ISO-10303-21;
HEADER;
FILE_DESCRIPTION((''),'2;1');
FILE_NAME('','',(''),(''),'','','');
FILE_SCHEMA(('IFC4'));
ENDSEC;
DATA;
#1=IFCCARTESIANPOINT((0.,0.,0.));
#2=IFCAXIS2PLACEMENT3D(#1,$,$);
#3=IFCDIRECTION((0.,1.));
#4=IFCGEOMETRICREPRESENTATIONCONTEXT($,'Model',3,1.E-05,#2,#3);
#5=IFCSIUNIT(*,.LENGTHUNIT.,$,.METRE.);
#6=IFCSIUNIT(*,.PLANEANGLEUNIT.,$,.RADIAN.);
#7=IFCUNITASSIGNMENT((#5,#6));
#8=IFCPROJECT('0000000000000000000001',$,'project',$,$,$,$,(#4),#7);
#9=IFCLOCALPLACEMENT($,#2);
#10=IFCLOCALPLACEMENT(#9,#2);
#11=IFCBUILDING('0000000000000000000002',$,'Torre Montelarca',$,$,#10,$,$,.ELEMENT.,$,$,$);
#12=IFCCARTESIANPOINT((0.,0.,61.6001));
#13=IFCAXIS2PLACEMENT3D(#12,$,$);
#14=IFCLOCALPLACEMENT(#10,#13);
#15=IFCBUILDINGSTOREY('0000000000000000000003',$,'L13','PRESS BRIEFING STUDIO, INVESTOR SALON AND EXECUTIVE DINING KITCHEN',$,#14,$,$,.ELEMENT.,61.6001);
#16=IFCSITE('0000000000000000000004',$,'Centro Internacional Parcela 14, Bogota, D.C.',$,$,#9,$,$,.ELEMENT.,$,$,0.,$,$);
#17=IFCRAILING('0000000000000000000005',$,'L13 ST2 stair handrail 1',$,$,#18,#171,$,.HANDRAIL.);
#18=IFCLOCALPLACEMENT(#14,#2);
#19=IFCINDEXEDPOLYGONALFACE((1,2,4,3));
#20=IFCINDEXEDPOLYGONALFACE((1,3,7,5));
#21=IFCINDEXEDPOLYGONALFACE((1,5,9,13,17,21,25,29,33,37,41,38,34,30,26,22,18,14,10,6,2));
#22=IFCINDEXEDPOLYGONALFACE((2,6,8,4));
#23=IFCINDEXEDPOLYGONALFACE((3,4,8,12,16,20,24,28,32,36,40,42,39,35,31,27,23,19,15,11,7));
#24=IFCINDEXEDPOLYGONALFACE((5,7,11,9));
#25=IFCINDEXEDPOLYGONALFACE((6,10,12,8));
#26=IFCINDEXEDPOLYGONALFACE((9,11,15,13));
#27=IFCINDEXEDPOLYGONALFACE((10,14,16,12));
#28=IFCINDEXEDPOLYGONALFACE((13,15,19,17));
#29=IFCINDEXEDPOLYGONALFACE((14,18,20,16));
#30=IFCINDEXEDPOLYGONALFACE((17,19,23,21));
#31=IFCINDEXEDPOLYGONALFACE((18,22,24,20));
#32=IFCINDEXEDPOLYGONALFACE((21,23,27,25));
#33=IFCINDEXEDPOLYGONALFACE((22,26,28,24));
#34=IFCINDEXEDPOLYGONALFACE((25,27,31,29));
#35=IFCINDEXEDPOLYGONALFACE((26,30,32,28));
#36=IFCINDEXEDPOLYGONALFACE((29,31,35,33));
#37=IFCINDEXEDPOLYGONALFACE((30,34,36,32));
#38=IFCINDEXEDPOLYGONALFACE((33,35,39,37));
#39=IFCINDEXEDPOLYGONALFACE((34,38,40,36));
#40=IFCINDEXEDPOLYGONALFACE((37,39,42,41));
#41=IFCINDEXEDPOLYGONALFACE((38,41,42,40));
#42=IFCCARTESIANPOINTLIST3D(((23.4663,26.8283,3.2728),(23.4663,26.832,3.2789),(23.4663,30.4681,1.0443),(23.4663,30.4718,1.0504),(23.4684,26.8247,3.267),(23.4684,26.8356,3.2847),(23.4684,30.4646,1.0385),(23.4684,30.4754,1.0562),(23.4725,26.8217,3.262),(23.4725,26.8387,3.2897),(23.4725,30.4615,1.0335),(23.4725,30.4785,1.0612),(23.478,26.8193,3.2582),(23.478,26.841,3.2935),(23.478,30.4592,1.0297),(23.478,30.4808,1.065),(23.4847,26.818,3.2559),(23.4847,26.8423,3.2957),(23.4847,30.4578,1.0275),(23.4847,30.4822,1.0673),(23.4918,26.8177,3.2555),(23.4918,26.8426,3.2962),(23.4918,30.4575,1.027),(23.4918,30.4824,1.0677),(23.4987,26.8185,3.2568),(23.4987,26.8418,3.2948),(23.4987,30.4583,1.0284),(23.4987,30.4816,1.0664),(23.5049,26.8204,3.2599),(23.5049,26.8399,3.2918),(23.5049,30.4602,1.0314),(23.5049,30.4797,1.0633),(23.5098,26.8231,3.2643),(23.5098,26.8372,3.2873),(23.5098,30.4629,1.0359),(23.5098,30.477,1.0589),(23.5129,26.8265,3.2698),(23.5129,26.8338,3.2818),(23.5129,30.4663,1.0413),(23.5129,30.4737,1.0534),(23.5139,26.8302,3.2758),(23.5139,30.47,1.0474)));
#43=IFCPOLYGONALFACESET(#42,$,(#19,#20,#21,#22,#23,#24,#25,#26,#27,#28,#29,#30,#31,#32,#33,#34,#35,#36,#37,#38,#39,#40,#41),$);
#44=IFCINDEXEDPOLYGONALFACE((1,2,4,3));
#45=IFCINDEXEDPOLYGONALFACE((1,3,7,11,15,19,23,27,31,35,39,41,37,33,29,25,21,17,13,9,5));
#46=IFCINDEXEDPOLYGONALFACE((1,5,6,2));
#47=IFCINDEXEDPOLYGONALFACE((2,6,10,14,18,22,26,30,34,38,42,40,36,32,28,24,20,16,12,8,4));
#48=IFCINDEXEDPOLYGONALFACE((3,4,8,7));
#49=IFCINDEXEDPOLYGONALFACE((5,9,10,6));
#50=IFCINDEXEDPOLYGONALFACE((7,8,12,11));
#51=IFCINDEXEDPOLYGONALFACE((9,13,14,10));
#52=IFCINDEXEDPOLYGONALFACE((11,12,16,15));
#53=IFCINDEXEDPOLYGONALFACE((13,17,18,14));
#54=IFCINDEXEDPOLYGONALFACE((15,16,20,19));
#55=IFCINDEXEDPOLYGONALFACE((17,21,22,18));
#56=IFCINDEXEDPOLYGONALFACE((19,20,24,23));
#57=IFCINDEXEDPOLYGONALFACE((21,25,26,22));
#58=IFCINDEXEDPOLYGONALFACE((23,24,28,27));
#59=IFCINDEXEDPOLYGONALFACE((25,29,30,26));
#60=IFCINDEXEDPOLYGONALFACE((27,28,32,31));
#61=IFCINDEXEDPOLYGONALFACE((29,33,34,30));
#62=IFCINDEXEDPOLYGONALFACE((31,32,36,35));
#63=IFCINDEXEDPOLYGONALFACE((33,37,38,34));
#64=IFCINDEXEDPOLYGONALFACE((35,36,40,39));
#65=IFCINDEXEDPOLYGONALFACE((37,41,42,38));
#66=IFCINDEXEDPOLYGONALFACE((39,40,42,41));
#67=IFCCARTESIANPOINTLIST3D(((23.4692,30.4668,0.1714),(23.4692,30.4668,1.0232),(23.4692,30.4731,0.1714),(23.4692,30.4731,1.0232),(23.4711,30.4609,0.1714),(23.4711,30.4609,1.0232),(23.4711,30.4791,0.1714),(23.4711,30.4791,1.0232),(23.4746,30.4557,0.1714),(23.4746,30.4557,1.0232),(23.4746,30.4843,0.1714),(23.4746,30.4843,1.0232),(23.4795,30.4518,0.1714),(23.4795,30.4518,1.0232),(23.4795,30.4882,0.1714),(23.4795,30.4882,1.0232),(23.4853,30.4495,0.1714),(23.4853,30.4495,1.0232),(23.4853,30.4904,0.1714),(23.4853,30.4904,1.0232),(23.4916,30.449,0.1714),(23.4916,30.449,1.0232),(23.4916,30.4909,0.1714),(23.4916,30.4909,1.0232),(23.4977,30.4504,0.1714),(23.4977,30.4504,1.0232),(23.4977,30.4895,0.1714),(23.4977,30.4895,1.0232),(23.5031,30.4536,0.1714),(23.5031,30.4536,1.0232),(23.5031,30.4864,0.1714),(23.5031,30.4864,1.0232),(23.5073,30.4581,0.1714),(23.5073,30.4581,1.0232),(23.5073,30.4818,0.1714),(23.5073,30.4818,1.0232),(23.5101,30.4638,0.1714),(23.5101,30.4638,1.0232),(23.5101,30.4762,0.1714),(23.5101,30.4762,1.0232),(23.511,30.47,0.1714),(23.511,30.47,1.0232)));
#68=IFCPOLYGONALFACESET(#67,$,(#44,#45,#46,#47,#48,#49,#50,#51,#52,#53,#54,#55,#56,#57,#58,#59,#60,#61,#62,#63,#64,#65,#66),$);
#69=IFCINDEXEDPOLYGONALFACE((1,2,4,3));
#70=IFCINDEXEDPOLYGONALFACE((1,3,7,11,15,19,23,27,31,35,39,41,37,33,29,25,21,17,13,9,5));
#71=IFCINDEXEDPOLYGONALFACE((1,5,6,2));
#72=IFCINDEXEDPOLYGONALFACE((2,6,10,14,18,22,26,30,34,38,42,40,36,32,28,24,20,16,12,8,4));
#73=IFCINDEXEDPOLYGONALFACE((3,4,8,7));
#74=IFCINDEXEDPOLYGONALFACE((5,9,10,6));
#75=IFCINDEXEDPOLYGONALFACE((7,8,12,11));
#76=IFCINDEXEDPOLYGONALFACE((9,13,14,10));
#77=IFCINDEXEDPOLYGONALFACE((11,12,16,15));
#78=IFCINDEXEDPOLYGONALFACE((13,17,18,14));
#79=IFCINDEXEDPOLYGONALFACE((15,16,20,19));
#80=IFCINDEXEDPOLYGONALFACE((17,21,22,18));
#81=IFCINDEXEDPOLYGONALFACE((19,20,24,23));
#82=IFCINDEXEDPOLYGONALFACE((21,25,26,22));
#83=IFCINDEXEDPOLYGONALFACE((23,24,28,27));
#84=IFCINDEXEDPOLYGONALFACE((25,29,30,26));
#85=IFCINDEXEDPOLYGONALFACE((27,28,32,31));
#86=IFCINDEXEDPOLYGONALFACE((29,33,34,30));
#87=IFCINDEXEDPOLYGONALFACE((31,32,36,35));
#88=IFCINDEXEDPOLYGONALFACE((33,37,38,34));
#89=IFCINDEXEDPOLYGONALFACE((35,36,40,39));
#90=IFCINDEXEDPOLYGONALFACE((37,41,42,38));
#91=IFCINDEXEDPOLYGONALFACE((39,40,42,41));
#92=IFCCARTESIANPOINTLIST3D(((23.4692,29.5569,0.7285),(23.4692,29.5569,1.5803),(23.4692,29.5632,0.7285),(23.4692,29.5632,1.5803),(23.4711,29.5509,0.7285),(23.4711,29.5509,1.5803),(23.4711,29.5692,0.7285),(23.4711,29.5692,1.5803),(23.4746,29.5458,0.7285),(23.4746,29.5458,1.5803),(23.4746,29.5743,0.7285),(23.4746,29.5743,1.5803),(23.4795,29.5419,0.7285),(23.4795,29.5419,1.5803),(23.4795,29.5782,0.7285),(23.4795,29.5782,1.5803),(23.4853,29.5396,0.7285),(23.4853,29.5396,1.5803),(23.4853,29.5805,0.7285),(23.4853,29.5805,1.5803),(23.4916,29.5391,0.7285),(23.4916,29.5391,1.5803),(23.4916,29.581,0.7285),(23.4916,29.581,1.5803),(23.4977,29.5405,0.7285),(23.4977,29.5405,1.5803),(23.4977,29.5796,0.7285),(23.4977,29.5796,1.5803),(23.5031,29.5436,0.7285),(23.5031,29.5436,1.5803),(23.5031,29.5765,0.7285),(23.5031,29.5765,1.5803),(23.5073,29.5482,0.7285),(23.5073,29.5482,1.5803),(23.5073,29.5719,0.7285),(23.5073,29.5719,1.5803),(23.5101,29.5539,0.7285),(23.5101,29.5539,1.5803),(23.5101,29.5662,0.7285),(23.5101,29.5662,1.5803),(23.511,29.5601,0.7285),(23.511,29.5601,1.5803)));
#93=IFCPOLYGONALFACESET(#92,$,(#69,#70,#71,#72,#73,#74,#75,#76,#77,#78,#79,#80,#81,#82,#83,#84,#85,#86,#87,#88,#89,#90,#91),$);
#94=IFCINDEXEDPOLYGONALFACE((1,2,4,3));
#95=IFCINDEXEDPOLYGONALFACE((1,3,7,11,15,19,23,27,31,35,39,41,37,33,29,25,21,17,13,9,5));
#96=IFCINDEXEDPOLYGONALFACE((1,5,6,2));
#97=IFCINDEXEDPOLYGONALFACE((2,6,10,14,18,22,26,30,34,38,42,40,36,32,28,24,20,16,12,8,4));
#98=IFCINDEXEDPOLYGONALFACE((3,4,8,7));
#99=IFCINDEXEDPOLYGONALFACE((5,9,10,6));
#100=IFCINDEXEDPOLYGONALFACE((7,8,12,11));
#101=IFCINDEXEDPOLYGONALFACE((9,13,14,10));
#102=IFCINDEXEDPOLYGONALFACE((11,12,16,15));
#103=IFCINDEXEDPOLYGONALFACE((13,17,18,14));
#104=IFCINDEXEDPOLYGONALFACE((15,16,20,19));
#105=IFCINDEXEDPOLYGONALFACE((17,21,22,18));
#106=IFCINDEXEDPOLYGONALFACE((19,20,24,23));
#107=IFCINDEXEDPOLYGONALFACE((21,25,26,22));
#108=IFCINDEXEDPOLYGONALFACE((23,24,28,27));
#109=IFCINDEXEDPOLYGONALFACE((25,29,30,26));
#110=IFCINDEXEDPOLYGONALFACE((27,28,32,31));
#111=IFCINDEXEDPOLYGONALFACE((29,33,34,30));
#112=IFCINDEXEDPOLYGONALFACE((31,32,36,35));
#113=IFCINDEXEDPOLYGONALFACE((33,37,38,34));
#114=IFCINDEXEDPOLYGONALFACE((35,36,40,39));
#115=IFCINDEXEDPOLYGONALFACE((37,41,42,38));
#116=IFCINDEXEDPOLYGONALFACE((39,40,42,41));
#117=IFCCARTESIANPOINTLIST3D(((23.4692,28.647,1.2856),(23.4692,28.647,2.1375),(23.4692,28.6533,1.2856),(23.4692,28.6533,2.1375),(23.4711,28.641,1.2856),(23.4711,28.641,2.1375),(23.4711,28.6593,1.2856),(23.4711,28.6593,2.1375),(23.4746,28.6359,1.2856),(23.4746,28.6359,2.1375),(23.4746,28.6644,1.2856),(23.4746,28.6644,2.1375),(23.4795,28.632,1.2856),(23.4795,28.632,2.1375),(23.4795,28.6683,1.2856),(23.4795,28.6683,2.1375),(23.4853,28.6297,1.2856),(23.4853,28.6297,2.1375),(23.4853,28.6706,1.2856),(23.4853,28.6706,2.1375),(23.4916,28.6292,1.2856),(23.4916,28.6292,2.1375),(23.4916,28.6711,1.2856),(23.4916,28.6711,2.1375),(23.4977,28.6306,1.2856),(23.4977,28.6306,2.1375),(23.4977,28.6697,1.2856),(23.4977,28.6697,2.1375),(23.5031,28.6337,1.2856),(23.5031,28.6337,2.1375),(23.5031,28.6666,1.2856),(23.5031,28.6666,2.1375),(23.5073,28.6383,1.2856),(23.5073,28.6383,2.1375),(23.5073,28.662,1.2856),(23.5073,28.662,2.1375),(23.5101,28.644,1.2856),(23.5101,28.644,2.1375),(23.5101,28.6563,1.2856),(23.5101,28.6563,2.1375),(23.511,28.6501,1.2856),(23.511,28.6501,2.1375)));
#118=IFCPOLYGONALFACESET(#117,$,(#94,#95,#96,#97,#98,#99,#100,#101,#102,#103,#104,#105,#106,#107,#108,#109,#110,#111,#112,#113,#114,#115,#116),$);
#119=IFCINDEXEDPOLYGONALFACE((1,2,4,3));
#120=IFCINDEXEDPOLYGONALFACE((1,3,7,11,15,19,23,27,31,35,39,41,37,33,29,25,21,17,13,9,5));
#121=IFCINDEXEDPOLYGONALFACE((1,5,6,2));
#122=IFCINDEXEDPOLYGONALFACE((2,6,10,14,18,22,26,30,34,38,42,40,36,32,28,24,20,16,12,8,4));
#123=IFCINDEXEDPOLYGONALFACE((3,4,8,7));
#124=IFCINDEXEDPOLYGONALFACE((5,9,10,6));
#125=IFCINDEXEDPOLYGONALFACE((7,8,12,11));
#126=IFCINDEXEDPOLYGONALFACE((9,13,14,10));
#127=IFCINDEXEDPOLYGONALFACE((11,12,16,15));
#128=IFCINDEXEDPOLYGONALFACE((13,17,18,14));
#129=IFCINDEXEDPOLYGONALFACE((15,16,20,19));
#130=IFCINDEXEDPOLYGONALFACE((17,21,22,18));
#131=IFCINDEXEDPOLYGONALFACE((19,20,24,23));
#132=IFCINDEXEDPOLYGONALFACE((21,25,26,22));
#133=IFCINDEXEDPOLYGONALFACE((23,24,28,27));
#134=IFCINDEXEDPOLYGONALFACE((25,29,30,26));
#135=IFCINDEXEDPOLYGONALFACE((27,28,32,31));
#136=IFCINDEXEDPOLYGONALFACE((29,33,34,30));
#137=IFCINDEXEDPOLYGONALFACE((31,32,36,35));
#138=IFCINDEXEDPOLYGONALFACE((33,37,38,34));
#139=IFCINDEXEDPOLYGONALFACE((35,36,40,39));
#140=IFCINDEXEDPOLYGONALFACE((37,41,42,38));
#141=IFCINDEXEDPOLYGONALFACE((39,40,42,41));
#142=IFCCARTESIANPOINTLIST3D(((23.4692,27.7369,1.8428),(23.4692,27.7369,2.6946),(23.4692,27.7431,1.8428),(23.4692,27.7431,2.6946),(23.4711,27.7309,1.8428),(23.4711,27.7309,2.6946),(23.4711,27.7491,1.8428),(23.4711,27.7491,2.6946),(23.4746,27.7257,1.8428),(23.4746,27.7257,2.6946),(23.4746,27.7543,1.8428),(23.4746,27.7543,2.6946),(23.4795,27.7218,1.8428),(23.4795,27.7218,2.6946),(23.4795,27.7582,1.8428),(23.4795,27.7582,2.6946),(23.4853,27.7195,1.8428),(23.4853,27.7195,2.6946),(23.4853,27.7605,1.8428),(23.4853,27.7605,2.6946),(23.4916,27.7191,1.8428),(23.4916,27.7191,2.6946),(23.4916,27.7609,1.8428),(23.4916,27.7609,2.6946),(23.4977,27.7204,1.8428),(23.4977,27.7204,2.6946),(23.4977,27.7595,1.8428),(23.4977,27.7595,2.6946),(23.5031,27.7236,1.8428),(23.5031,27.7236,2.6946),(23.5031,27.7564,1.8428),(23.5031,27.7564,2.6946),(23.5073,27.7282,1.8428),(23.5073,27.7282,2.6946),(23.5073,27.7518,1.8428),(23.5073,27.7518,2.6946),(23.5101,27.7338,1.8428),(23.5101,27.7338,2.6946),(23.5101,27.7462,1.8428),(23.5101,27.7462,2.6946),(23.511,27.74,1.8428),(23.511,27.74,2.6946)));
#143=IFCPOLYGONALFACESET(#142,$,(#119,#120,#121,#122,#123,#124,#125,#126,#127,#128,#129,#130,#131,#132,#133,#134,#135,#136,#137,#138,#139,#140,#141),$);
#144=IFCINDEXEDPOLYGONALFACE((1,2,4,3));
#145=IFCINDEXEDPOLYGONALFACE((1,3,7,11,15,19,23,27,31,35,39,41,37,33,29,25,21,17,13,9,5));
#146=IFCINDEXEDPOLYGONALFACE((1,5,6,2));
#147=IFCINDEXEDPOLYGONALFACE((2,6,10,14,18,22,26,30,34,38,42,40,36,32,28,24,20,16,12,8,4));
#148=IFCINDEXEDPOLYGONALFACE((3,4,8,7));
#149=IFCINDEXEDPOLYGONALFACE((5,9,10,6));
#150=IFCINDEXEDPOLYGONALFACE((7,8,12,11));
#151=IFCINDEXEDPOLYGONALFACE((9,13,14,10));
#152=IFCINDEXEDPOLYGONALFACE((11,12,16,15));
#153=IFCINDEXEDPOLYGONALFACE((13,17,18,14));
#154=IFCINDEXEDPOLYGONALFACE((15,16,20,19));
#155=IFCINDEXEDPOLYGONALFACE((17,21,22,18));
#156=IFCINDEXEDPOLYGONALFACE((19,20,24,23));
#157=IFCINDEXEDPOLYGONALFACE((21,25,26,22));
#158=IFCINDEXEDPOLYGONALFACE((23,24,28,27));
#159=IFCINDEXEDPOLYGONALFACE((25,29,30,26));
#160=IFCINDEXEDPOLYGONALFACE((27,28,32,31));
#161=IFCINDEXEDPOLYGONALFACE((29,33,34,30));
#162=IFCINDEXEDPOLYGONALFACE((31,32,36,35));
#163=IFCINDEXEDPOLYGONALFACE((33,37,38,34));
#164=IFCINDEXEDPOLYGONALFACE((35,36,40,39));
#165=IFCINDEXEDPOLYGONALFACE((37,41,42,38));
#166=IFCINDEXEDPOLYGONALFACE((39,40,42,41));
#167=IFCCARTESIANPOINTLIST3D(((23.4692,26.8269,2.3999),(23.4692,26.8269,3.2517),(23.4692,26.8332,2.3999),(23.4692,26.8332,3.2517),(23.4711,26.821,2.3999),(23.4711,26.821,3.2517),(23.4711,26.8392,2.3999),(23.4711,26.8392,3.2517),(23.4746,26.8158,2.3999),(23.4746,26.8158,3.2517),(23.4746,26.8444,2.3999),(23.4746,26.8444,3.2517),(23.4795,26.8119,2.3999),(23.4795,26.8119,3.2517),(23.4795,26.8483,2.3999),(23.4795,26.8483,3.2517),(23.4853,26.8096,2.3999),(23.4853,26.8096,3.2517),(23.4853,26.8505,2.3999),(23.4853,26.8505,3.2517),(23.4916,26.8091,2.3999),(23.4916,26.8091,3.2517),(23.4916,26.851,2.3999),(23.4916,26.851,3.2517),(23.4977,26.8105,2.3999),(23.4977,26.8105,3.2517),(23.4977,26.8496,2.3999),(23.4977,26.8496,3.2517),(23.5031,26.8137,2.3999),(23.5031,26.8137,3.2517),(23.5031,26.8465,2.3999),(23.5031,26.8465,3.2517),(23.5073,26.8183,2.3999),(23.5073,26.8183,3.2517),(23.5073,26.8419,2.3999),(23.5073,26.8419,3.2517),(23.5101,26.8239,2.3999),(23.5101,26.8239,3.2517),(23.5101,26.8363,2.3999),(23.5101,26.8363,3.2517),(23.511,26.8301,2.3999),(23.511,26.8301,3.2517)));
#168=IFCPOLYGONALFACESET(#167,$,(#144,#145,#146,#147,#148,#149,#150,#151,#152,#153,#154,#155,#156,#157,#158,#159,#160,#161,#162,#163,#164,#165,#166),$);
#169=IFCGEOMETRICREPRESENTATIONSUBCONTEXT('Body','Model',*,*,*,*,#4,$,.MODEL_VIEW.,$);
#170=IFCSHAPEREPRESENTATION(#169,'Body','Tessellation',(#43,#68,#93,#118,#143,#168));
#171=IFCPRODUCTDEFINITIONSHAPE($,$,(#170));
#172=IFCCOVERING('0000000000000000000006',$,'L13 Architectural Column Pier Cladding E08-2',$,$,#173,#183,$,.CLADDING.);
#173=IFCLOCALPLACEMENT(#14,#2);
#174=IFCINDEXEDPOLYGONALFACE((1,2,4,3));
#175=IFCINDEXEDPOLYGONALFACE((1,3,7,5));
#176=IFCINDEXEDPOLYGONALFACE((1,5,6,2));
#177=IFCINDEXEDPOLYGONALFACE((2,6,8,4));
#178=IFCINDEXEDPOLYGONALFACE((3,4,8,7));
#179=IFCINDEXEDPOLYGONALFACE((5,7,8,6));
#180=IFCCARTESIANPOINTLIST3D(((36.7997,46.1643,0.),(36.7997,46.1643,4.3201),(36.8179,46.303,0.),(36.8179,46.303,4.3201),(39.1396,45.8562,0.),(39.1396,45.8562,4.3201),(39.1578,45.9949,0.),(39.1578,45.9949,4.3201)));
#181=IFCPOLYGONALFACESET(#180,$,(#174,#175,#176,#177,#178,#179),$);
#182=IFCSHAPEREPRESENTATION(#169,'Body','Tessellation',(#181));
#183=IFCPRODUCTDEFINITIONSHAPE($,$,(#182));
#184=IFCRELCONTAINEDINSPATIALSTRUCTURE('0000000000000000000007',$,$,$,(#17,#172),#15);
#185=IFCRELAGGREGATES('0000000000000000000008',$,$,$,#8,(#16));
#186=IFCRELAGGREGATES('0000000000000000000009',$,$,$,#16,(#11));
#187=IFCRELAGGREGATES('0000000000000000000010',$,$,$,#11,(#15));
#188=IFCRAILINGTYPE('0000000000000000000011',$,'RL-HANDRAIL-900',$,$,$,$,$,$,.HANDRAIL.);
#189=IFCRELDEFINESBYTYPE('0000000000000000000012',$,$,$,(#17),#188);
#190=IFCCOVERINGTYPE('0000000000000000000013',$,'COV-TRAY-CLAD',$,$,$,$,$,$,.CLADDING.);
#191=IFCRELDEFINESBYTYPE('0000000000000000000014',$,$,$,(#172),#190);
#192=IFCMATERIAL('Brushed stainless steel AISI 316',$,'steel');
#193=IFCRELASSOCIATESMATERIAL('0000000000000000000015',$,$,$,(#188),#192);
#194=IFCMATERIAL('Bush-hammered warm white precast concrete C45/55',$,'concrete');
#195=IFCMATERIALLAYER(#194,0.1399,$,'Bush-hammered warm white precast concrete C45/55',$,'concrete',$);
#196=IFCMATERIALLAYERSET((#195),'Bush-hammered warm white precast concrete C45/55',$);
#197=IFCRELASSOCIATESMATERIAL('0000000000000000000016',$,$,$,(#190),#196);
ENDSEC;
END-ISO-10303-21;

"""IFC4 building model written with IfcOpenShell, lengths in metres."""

from ifc_helpers import new_model, si_unit, direction, frame, origin, origin_2d, place, context, subcontext, project, spatial, rectangle, circle, extrude, source, transform, mapped, material, layer, layer_set, type_object, element, save


model = new_model("IFC4")

# Units and contexts
model_context = context("Model", 3, precision=1e-05, world=origin(), true_north=direction((0.0, 1.0)))
body_context = subcontext(model_context, "Body", "Model", "MODEL_VIEW")
ifc_project = project(units=[si_unit("LENGTHUNIT", "METRE"), si_unit("PLANEANGLEUNIT", "RADIAN")], contexts=[model_context])

# Site, building, storey
site_placement = place(None, origin())
site = spatial("IfcSite", under=ifc_project, at=site_placement, Name="Centro Internacional Parcela 14, Bogota, D.C.", CompositionType="ELEMENT", RefElevation=0.0)
building_placement = place(site_placement, origin())
building = spatial("IfcBuilding", under=site, at=building_placement, Name="Torre Montelarca", CompositionType="ELEMENT")
storey_placement = place(building_placement, frame((0.0, 0.0, 61.6001)))
storey = spatial("IfcBuildingStorey", under=building, at=storey_placement, Name="L13", Description="PRESS BRIEFING STUDIO, INVESTOR SALON AND EXECUTIVE DINING KITCHEN", CompositionType="ELEMENT", Elevation=61.6001)

# Shared definitions
ifc_material_1 = material(Name="Brushed stainless steel AISI 316", Category="steel")

# Railing
railing_type_1 = type_object("IfcRailingType", Name="RL-HANDRAIL-900", PredefinedType="HANDRAIL", material=ifc_material_1)
railing_1_placement = place(storey_placement, frame((23.49, 30.47, 0.1714)))
element("IfcRailing", 1, at=railing_1_placement, inside=storey, type_object=railing_type_1, Name="L13 ST2 stair handrail 1", PredefinedType="HANDRAIL", context=body_context, shape_type="SweptSolid", body=[
    extrude(circle(Radius=0.0239, at=origin_2d()), frame((0.0, 0.0, 0.876), z_axis=(0.0, -0.85285, 0.522156), x_axis=(1.0, 0.0, 0.0)), (0.0, 0.0, 1.0), 4.2678),
    extrude(circle(Radius=0.021, at=origin_2d()), origin(), (0.0, 0.0, 1.0), 0.8518),
    extrude(circle(Radius=0.021, at=origin_2d()), frame((0.0, -0.9099, 0.5571)), (0.0, 0.0, 1.0), 0.8518),
    extrude(circle(Radius=0.021, at=origin_2d()), frame((0.0, -1.8198, 1.1143)), (0.0, 0.0, 1.0), 0.8518),
    extrude(circle(Radius=0.021, at=origin_2d()), frame((0.0, -2.73, 1.6714)), (0.0, 0.0, 1.0), 0.8518),
    extrude(circle(Radius=0.021, at=origin_2d()), frame((0.0, -3.6399, 2.2285)), (0.0, 0.0, 1.0), 0.8518),
])

# Covering
ifc_material_2 = material(Name="Bush-hammered warm white precast concrete C45/55", Category="concrete")
ifc_layer_1 = layer(ifc_material_2, 0.1399, Name="Bush-hammered warm white precast concrete C45/55", Category="concrete")
ifc_layer_set_1 = layer_set([ifc_layer_1], Name="Bush-hammered warm white precast concrete C45/55")
covering_type = type_object("IfcCoveringType", Name="COV-TRAY-CLAD", PredefinedType="CLADDING", material=ifc_layer_set_1)
shared_shape_1 = source(origin(), body_context, "Body", "SweptSolid", [
    extrude(rectangle(XDim=2.3601, YDim=0.1399, at=origin_2d()), origin(), (0.0, 0.0, 1.0), 4.3201),
])
covering_placement = place(storey_placement, frame((37.9788, 46.0796, 0.0), z_axis=(0.0, 0.0, 1.0), x_axis=(-0.991445, 0.130526, 0.0)))
element("IfcCovering", 2, at=covering_placement, inside=storey, type_object=covering_type, Name="L13 Architectural Column Pier Cladding E08-2", PredefinedType="CLADDING", context=body_context, shape_type="MappedRepresentation", body=[
    mapped(shared_shape_1, transform((0.0, 0.0, 0.0), scale=1.0)),
])

save(model, "model.ifc")
